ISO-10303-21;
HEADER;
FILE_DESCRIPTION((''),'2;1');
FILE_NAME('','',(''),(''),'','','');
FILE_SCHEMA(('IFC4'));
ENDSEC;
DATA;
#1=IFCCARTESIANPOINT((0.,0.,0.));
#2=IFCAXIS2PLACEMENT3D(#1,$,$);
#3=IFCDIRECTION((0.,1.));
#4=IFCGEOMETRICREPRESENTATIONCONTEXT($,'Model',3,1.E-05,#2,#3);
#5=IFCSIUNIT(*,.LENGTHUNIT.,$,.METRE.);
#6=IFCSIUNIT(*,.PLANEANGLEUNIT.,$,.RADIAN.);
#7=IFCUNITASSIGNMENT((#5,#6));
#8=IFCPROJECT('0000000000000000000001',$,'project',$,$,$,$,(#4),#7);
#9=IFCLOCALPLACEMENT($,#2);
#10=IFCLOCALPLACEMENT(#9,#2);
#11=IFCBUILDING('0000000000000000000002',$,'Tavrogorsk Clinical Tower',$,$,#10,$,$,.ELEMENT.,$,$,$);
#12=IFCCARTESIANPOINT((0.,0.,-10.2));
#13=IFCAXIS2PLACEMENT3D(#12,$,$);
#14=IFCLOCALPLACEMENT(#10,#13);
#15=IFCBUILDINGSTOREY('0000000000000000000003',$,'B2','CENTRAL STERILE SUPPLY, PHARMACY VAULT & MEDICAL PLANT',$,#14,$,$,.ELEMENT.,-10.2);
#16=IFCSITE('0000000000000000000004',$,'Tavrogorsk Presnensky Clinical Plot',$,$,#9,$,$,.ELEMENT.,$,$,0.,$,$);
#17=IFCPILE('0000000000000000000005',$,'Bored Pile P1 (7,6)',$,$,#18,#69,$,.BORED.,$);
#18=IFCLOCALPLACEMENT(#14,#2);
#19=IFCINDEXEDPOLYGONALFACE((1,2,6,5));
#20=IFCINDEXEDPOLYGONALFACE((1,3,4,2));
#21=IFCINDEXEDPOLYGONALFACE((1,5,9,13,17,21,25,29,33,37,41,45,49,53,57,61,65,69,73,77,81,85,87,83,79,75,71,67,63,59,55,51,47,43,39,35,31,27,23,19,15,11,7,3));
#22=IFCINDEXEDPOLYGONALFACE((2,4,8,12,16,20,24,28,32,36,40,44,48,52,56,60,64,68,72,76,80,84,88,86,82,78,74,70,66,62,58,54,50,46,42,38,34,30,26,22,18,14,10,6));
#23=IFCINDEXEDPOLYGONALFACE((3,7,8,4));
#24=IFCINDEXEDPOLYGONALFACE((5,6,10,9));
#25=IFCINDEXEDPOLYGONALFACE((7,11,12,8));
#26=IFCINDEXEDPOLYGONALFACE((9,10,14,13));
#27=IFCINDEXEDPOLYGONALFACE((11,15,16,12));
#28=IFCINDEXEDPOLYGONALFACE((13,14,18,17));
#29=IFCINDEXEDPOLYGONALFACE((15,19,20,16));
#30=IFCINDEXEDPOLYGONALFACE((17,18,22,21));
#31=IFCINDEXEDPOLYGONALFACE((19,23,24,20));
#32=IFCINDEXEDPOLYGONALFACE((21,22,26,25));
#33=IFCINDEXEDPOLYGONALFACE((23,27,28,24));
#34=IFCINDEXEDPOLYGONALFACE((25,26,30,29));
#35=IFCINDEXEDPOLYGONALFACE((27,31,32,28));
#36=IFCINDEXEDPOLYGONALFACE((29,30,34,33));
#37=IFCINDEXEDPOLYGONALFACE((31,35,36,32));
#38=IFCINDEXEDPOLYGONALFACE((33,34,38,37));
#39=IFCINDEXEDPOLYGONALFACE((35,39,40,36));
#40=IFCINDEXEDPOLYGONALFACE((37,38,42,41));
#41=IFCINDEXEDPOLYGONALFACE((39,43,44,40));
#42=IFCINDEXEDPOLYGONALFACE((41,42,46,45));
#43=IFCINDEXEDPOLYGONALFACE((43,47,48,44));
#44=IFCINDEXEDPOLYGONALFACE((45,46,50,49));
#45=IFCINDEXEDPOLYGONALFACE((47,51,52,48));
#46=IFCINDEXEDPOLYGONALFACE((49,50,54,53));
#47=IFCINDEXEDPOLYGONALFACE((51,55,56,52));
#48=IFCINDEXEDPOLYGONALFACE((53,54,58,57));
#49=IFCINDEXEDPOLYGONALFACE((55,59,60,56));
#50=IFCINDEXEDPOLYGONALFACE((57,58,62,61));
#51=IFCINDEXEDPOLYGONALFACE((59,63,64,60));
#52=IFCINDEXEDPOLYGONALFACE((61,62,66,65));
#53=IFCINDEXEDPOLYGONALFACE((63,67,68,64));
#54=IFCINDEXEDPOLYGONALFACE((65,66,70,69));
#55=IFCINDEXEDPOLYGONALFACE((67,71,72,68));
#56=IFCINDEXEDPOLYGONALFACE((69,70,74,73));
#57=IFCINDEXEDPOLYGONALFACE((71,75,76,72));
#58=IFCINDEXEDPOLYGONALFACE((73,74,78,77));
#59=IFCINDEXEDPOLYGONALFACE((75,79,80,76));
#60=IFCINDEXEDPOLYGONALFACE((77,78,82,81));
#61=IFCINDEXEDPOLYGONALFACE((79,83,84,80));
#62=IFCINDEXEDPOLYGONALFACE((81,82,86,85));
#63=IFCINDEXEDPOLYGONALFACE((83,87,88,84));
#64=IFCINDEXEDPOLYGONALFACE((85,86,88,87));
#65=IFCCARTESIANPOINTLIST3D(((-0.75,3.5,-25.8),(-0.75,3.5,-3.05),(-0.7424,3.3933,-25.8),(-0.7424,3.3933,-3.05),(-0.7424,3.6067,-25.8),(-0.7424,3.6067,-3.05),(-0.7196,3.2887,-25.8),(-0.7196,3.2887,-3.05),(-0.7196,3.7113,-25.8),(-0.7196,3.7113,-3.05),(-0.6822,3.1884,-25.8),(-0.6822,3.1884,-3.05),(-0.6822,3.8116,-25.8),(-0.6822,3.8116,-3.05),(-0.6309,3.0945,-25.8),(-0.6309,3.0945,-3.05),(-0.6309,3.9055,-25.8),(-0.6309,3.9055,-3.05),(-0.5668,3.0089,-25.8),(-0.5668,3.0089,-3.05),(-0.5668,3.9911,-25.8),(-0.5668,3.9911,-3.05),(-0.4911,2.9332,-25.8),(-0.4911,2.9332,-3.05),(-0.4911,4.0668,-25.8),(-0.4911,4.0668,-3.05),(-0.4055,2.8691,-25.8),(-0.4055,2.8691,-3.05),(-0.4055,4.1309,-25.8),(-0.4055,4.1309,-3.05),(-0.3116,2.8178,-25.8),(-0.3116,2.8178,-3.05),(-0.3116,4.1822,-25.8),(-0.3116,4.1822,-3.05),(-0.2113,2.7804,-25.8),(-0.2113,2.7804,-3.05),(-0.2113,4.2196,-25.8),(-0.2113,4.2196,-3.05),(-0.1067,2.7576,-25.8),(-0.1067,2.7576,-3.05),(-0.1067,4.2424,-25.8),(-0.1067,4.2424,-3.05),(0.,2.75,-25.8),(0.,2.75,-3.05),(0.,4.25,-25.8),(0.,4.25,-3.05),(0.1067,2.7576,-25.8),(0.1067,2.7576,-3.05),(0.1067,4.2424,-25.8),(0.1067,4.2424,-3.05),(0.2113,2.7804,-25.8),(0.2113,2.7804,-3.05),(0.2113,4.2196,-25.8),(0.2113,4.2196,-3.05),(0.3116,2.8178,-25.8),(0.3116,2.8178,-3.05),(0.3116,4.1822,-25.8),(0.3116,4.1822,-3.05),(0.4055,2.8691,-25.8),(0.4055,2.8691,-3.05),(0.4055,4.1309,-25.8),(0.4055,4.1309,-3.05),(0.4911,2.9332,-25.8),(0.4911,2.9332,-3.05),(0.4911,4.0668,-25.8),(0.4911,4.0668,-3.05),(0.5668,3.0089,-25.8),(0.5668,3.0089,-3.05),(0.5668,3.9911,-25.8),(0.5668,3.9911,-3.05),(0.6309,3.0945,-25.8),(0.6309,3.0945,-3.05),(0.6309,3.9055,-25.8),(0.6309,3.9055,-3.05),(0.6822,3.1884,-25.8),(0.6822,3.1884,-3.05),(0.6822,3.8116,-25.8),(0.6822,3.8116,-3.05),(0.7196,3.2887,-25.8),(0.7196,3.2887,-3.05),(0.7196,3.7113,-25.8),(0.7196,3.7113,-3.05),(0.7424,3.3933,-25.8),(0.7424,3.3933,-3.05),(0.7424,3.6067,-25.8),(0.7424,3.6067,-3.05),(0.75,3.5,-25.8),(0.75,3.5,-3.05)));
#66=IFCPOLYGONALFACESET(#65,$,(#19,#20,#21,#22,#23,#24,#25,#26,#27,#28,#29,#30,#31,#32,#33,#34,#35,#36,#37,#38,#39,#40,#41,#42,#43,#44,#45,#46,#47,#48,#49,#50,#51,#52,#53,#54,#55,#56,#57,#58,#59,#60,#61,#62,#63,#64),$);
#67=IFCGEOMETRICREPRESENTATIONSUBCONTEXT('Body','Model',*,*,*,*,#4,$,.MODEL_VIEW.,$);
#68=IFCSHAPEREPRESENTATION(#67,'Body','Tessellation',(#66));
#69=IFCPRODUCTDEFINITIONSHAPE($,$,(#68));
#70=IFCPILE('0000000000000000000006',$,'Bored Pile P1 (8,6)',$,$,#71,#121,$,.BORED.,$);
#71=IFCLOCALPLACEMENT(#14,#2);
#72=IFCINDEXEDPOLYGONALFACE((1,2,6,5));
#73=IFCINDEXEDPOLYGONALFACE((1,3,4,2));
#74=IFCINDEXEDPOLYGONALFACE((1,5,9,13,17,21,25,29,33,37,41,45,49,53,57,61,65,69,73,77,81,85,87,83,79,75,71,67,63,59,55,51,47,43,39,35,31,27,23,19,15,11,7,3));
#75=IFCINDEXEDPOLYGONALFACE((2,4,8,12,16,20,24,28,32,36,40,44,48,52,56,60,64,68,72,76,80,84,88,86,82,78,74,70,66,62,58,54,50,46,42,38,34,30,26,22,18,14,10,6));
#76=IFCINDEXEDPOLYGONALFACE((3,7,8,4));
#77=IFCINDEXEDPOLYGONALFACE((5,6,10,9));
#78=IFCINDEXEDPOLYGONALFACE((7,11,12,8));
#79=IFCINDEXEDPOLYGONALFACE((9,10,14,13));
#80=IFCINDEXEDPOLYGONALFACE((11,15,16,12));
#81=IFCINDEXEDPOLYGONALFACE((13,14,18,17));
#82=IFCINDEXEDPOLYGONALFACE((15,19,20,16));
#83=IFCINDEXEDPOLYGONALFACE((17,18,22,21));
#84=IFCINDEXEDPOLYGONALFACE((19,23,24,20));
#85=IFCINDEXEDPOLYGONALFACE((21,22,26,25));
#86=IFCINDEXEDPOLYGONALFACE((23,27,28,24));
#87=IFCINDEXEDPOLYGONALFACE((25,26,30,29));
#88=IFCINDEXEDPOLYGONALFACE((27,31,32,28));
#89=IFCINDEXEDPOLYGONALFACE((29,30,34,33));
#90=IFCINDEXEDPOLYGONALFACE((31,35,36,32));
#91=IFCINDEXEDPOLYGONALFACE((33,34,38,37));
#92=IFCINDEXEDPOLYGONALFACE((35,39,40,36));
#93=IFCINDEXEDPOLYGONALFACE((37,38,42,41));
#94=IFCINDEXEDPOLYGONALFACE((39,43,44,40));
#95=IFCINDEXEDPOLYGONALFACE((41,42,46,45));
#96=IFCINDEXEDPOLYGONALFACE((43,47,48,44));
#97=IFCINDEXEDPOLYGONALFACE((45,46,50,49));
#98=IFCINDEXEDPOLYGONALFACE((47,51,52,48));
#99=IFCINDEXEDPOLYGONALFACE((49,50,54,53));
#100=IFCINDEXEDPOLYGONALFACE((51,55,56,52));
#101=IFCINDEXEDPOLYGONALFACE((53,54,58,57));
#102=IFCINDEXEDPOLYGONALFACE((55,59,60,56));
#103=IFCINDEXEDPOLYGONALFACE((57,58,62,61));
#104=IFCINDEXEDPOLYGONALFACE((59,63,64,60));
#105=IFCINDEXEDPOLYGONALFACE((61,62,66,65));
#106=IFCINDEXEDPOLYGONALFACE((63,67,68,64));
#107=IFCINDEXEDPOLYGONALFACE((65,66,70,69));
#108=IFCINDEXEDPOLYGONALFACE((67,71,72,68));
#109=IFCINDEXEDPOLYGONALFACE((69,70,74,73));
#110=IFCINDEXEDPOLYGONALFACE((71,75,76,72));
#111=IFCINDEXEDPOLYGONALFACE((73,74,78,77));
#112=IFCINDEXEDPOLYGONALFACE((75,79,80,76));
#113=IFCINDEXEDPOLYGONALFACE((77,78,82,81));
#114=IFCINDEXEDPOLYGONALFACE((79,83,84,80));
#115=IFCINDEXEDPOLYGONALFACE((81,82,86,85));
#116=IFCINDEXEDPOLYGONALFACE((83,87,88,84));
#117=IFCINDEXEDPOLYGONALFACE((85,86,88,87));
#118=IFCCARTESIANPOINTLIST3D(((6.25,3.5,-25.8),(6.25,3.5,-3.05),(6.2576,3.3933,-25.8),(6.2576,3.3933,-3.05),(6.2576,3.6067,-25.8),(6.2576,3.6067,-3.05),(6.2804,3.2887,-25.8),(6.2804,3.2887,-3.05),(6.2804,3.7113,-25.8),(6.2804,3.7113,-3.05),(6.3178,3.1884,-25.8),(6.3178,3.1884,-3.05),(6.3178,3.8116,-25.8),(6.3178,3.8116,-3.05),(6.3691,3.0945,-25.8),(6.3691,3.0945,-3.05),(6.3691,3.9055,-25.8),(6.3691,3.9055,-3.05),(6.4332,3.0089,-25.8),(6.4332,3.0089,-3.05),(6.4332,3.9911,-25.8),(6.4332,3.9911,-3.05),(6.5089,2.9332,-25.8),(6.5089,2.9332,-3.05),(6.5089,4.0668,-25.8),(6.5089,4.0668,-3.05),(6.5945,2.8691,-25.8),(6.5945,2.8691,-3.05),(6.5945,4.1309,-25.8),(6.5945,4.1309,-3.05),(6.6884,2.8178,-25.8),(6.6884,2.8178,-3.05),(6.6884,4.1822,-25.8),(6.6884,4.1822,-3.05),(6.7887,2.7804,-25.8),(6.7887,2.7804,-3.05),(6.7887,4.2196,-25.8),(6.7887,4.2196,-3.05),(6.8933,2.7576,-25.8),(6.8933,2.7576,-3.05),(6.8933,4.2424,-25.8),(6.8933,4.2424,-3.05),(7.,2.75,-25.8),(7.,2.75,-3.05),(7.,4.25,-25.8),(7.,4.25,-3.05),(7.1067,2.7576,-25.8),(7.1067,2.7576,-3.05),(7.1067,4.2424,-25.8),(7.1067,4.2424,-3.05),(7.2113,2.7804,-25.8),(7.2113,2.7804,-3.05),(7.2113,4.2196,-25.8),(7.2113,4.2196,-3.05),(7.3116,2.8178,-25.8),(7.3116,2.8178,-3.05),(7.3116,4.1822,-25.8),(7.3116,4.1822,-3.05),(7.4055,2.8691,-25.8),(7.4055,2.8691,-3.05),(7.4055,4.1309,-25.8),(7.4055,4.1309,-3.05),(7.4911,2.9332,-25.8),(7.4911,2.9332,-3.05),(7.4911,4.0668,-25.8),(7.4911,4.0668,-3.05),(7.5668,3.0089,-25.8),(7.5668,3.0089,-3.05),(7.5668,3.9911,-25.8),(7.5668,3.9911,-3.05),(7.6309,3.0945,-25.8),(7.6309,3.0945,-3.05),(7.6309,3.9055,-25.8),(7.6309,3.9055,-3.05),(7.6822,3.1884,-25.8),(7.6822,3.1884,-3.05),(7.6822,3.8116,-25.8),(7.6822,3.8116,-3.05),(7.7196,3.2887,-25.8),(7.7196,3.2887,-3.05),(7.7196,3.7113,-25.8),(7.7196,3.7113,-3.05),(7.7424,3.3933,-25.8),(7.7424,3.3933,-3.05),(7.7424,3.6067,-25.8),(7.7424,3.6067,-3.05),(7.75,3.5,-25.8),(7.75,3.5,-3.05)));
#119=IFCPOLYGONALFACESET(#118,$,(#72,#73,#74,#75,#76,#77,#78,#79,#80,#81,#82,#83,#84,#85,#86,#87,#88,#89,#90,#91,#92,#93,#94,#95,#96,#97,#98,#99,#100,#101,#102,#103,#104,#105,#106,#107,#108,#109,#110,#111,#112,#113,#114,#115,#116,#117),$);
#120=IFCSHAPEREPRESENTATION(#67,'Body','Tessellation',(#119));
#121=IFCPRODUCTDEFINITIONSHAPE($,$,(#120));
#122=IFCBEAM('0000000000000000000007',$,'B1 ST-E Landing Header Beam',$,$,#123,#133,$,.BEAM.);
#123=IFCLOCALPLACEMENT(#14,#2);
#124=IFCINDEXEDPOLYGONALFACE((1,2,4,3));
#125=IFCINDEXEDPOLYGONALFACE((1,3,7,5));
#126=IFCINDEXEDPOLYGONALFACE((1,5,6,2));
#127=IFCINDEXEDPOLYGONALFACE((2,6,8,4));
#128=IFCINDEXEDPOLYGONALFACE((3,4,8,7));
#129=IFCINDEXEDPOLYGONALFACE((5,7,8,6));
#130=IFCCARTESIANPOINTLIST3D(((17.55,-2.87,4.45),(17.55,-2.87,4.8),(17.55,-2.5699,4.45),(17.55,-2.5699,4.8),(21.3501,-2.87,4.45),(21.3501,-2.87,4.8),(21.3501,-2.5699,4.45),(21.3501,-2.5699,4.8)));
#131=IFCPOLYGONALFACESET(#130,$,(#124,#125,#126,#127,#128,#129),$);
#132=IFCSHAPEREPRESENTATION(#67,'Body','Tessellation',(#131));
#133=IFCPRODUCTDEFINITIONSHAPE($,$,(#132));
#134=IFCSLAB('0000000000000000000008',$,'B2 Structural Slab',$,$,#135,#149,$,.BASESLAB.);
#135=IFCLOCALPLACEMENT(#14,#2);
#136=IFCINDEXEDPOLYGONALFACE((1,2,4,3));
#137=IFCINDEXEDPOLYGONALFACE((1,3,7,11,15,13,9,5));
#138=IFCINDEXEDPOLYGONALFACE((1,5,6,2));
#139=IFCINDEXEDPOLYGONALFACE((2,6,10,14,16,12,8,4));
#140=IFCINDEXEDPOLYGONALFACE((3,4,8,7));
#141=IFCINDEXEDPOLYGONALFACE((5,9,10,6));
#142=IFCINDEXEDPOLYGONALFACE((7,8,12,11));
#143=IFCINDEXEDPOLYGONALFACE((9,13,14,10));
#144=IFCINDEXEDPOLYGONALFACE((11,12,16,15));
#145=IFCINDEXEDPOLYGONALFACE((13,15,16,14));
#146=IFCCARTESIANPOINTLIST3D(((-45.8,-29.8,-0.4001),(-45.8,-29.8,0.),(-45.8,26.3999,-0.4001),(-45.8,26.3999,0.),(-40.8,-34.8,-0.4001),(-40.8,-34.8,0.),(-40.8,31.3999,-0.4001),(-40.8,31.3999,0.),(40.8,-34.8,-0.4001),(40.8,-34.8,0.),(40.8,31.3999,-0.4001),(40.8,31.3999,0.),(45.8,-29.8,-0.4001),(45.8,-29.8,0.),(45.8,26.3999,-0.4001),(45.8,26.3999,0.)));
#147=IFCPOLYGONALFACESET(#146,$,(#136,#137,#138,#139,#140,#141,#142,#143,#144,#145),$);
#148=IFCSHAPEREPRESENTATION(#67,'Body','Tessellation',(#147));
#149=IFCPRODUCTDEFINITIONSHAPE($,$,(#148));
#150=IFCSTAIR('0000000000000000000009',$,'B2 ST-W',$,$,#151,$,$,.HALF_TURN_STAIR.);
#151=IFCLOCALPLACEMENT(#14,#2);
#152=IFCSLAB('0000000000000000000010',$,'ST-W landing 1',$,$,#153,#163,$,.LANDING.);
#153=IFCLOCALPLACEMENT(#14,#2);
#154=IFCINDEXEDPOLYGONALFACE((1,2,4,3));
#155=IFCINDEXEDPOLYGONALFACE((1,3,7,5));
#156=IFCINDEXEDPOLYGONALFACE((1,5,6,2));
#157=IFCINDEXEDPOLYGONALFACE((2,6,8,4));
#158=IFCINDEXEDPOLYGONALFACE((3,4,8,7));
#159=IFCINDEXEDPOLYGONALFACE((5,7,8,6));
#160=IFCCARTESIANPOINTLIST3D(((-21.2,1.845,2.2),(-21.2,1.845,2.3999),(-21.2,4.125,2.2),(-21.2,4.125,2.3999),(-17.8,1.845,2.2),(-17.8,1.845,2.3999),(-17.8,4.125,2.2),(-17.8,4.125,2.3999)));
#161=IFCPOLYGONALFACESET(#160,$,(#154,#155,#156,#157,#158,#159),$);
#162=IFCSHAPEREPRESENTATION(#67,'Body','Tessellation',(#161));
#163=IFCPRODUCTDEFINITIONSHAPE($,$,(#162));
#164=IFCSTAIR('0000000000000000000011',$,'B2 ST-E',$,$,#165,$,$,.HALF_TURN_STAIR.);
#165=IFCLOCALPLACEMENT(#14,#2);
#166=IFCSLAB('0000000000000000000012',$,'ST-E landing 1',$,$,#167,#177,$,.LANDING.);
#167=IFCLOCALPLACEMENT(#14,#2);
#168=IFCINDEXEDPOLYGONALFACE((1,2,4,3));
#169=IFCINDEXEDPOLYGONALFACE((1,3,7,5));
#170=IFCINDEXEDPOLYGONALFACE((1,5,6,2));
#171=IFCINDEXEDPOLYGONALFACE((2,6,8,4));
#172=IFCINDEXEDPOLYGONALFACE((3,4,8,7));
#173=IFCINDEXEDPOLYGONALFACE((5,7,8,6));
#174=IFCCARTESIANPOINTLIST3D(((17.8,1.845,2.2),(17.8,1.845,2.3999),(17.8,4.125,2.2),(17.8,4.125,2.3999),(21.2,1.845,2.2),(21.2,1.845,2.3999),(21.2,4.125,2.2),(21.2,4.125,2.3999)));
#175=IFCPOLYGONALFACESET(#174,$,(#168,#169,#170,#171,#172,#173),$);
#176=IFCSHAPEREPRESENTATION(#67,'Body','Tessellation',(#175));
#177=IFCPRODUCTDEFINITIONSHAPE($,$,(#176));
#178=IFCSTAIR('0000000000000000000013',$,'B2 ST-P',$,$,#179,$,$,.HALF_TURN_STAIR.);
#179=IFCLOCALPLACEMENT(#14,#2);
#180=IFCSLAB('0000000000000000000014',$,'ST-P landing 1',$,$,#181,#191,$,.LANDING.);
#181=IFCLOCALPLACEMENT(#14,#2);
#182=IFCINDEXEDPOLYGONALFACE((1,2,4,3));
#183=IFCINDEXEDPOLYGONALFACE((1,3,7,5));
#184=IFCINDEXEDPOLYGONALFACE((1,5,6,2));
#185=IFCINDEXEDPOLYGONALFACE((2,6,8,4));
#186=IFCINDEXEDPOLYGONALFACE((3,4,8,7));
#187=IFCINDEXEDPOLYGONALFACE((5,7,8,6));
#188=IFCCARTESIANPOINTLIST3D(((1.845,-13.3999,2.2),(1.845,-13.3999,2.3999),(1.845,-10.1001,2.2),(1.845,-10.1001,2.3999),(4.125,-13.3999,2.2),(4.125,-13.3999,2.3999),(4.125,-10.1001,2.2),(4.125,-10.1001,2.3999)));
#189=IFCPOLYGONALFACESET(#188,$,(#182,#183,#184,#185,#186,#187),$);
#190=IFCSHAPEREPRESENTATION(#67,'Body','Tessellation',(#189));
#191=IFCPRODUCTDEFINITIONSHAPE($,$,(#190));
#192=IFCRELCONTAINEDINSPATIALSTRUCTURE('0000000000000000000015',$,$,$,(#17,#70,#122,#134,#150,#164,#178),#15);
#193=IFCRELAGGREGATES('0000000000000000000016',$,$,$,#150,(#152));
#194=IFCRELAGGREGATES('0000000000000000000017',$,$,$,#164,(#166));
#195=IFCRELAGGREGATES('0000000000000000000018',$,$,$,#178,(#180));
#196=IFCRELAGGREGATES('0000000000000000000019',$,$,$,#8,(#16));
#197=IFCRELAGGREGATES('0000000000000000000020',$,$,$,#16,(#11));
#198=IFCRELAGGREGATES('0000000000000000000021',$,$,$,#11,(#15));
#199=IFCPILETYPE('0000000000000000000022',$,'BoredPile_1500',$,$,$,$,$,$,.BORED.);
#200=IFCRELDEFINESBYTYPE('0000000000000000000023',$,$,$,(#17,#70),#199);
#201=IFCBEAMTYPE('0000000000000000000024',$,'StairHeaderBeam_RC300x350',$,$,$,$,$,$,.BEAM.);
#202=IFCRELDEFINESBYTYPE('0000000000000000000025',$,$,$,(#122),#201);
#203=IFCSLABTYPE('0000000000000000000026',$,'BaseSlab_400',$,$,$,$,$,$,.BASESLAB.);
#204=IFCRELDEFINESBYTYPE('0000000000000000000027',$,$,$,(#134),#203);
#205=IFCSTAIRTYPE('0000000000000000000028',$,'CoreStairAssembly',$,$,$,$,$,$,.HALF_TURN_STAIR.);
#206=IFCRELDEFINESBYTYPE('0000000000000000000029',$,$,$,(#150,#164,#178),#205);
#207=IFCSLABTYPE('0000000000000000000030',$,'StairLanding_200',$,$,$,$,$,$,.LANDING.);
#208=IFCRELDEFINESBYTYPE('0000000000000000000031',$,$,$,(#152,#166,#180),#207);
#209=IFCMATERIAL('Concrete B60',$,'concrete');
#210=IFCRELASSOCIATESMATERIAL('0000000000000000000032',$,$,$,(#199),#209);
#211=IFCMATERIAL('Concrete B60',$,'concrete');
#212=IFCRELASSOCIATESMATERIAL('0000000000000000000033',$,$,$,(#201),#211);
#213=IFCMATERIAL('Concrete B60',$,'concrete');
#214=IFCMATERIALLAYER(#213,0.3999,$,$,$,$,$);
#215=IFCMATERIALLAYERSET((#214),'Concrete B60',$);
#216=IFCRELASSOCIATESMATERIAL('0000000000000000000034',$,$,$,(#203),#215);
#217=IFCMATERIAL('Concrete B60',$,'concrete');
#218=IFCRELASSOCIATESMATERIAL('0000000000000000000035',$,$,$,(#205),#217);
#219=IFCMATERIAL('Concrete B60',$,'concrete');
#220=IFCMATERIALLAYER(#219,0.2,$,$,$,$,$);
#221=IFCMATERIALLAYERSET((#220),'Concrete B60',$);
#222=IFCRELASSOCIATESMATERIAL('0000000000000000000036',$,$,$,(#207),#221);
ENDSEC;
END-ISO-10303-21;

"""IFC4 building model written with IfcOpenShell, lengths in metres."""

from ifc_helpers import new_model, si_unit, direction, frame, origin, origin_2d, place, context, subcontext, project, spatial, polyline, rectangle, circle, outline, extrude, material, layer, layer_set, material_profile, profile_set, type_object, element, aggregate, save


model = new_model("IFC4")

# Units and contexts
model_context = context("Model", 3, precision=1e-05, world=origin(), true_north=direction((0.0, 1.0)))
body_context = subcontext(model_context, "Body", "Model", "MODEL_VIEW")
ifc_project = project(units=[si_unit("LENGTHUNIT", "METRE"), si_unit("PLANEANGLEUNIT", "RADIAN")], contexts=[model_context])

# Site, building, storey
site_placement = place(None, origin())
site = spatial("IfcSite", under=ifc_project, at=site_placement, Name="Tavrogorsk Presnensky Clinical Plot", CompositionType="ELEMENT", RefElevation=0.0)
building_placement = place(site_placement, origin())
building = spatial("IfcBuilding", under=site, at=building_placement, Name="Tavrogorsk Clinical Tower", CompositionType="ELEMENT")
storey_placement = place(building_placement, frame((0.0, 0.0, -10.2)))
storey = spatial("IfcBuildingStorey", under=building, at=storey_placement, Name="B2", Description="CENTRAL STERILE SUPPLY, PHARMACY VAULT & MEDICAL PLANT", CompositionType="ELEMENT", Elevation=-10.2)

# Piles
ifc_material_1 = material(Name="Concrete B60", Category="concrete")
ifc_material_profile_1 = material_profile(ifc_material_1, circle(Radius=0.75, at=origin_2d()), Name="BORED-PILE-1500")
ifc_profile_set_1 = profile_set([ifc_material_profile_1], Name="Concrete B60")
pile_type = type_object("IfcPileType", Name="BoredPile_1500", PredefinedType="BORED", material=ifc_profile_set_1)
for number, where, z_axis, x_axis, name in (
    (1, (0.0, 3.5, -3.05), (0.0, 0.0, -1.0), (1.0, 0.0, 0.0), "Bored Pile P1 (7,6)"),
    (2, (7.0, 3.5, -3.05), (0.0, 0.0, -1.0), (1.0, 0.0, 0.0), "Bored Pile P1 (8,6)"),
):
    element("IfcPile", number, at=place(storey_placement, frame(where, z_axis=z_axis, x_axis=x_axis)), inside=storey, type_object=pile_type, Name=name, PredefinedType="BORED", context=body_context, shape_type="SweptSolid", body=[
        extrude(circle(Radius=0.75, at=origin_2d()), origin(), (0.0, 0.0, 1.0), 22.75),
    ])

# Beam
ifc_material_2 = material(Name="Concrete B60", Category="concrete")
ifc_material_profile_2 = material_profile(ifc_material_2, rectangle(XDim=0.3, YDim=0.3501, at=origin_2d()), Name="RC-SHB-300x350")
ifc_profile_set_2 = profile_set([ifc_material_profile_2], Name="Concrete B60")
beam_type = type_object("IfcBeamType", Name="StairHeaderBeam_RC300x350", PredefinedType="BEAM", material=ifc_profile_set_2)
beam_placement = place(storey_placement, frame((17.55, -2.72, 4.625), z_axis=(1.0, 0.0, 0.0), x_axis=(0.0, 1.0, 0.0)))
element("IfcBeam", 3, at=beam_placement, inside=storey, type_object=beam_type, Name="B1 ST-E Landing Header Beam", PredefinedType="BEAM", context=body_context, shape_type="SweptSolid", body=[
    extrude(rectangle(XDim=0.3, YDim=0.3501, at=origin_2d()), origin(), (0.0, 0.0, 1.0), 3.8),
])

# Slab
ifc_material_3 = material(Name="Concrete B60", Category="concrete")
ifc_layer_1 = layer(ifc_material_3, 0.3999)
ifc_layer_set_1 = layer_set([ifc_layer_1], Name="Concrete B60")
slab_type_1 = type_object("IfcSlabType", Name="BaseSlab_400", PredefinedType="BASESLAB", material=ifc_layer_set_1)
slab_1_placement = place(storey_placement, frame((0.0, 0.0, -0.4001)))
element("IfcSlab", 4, at=slab_1_placement, inside=storey, type_object=slab_type_1, Name="B2 Structural Slab", PredefinedType="BASESLAB", context=body_context, shape_type="SweptSolid", body=[
    extrude(outline(polyline([(-40.8, -34.8), (40.8, -34.8), (45.8, -29.8), (45.8, 26.3999), (40.8, 31.3999), (-40.8, 31.3999), (-45.8, 26.3999), (-45.8, -29.8), (-40.8, -34.8)])), origin(), (0.0, 0.0, 1.0), 0.4001),
])

# Stairs, slabs
ifc_material_4 = material(Name="Concrete B60", Category="concrete")
stair_type = type_object("IfcStairType", Name="CoreStairAssembly", PredefinedType="HALF_TURN_STAIR", material=ifc_material_4)
stair_1_placement = place(storey_placement, origin())
stair_1 = element("IfcStair", 5, at=stair_1_placement, inside=storey, type_object=stair_type, Name="B2 ST-W", PredefinedType="HALF_TURN_STAIR")
ifc_material_5 = material(Name="Concrete B60", Category="concrete")
ifc_layer_2 = layer(ifc_material_5, 0.2)
ifc_layer_set_2 = layer_set([ifc_layer_2], Name="Concrete B60")
slab_type_2 = type_object("IfcSlabType", Name="StairLanding_200", PredefinedType="LANDING", material=ifc_layer_set_2)
slab_2_placement = place(storey_placement, frame((0.0, 0.0, 2.2)))
slab_2 = element("IfcSlab", 6, at=slab_2_placement, type_object=slab_type_2, Name="ST-W landing 1", PredefinedType="LANDING", context=body_context, shape_type="SweptSolid", body=[
    extrude(outline(polyline([(-17.8, 1.845), (-17.8, 4.125), (-21.2, 4.125), (-21.2, 1.845), (-17.8, 1.845)])), origin(), (0.0, 0.0, 1.0), 0.2),
])
aggregate(stair_1, [slab_2])
stair_2_placement = place(storey_placement, origin())
stair_2 = element("IfcStair", 7, at=stair_2_placement, inside=storey, type_object=stair_type, Name="B2 ST-E", PredefinedType="HALF_TURN_STAIR")
slab_3_placement = place(storey_placement, frame((0.0, 0.0, 2.2)))
slab_3 = element("IfcSlab", 8, at=slab_3_placement, type_object=slab_type_2, Name="ST-E landing 1", PredefinedType="LANDING", context=body_context, shape_type="SweptSolid", body=[
    extrude(outline(polyline([(21.2, 1.845), (21.2, 4.125), (17.8, 4.125), (17.8, 1.845), (21.2, 1.845)])), origin(), (0.0, 0.0, 1.0), 0.2),
])
aggregate(stair_2, [slab_3])
stair_3_placement = place(storey_placement, origin())
stair_3 = element("IfcStair", 9, at=stair_3_placement, inside=storey, type_object=stair_type, Name="B2 ST-P", PredefinedType="HALF_TURN_STAIR")
slab_4_placement = place(storey_placement, frame((0.0, 0.0, 2.2)))
slab_4 = element("IfcSlab", 10, at=slab_4_placement, type_object=slab_type_2, Name="ST-P landing 1", PredefinedType="LANDING", context=body_context, shape_type="SweptSolid", body=[
    extrude(outline(polyline([(1.845, -13.3999), (4.125, -13.3999), (4.125, -10.1001), (1.845, -10.1001), (1.845, -13.3999)])), origin(), (0.0, 0.0, 1.0), 0.2),
])
aggregate(stair_3, [slab_4])

save(model, "model.ifc")
